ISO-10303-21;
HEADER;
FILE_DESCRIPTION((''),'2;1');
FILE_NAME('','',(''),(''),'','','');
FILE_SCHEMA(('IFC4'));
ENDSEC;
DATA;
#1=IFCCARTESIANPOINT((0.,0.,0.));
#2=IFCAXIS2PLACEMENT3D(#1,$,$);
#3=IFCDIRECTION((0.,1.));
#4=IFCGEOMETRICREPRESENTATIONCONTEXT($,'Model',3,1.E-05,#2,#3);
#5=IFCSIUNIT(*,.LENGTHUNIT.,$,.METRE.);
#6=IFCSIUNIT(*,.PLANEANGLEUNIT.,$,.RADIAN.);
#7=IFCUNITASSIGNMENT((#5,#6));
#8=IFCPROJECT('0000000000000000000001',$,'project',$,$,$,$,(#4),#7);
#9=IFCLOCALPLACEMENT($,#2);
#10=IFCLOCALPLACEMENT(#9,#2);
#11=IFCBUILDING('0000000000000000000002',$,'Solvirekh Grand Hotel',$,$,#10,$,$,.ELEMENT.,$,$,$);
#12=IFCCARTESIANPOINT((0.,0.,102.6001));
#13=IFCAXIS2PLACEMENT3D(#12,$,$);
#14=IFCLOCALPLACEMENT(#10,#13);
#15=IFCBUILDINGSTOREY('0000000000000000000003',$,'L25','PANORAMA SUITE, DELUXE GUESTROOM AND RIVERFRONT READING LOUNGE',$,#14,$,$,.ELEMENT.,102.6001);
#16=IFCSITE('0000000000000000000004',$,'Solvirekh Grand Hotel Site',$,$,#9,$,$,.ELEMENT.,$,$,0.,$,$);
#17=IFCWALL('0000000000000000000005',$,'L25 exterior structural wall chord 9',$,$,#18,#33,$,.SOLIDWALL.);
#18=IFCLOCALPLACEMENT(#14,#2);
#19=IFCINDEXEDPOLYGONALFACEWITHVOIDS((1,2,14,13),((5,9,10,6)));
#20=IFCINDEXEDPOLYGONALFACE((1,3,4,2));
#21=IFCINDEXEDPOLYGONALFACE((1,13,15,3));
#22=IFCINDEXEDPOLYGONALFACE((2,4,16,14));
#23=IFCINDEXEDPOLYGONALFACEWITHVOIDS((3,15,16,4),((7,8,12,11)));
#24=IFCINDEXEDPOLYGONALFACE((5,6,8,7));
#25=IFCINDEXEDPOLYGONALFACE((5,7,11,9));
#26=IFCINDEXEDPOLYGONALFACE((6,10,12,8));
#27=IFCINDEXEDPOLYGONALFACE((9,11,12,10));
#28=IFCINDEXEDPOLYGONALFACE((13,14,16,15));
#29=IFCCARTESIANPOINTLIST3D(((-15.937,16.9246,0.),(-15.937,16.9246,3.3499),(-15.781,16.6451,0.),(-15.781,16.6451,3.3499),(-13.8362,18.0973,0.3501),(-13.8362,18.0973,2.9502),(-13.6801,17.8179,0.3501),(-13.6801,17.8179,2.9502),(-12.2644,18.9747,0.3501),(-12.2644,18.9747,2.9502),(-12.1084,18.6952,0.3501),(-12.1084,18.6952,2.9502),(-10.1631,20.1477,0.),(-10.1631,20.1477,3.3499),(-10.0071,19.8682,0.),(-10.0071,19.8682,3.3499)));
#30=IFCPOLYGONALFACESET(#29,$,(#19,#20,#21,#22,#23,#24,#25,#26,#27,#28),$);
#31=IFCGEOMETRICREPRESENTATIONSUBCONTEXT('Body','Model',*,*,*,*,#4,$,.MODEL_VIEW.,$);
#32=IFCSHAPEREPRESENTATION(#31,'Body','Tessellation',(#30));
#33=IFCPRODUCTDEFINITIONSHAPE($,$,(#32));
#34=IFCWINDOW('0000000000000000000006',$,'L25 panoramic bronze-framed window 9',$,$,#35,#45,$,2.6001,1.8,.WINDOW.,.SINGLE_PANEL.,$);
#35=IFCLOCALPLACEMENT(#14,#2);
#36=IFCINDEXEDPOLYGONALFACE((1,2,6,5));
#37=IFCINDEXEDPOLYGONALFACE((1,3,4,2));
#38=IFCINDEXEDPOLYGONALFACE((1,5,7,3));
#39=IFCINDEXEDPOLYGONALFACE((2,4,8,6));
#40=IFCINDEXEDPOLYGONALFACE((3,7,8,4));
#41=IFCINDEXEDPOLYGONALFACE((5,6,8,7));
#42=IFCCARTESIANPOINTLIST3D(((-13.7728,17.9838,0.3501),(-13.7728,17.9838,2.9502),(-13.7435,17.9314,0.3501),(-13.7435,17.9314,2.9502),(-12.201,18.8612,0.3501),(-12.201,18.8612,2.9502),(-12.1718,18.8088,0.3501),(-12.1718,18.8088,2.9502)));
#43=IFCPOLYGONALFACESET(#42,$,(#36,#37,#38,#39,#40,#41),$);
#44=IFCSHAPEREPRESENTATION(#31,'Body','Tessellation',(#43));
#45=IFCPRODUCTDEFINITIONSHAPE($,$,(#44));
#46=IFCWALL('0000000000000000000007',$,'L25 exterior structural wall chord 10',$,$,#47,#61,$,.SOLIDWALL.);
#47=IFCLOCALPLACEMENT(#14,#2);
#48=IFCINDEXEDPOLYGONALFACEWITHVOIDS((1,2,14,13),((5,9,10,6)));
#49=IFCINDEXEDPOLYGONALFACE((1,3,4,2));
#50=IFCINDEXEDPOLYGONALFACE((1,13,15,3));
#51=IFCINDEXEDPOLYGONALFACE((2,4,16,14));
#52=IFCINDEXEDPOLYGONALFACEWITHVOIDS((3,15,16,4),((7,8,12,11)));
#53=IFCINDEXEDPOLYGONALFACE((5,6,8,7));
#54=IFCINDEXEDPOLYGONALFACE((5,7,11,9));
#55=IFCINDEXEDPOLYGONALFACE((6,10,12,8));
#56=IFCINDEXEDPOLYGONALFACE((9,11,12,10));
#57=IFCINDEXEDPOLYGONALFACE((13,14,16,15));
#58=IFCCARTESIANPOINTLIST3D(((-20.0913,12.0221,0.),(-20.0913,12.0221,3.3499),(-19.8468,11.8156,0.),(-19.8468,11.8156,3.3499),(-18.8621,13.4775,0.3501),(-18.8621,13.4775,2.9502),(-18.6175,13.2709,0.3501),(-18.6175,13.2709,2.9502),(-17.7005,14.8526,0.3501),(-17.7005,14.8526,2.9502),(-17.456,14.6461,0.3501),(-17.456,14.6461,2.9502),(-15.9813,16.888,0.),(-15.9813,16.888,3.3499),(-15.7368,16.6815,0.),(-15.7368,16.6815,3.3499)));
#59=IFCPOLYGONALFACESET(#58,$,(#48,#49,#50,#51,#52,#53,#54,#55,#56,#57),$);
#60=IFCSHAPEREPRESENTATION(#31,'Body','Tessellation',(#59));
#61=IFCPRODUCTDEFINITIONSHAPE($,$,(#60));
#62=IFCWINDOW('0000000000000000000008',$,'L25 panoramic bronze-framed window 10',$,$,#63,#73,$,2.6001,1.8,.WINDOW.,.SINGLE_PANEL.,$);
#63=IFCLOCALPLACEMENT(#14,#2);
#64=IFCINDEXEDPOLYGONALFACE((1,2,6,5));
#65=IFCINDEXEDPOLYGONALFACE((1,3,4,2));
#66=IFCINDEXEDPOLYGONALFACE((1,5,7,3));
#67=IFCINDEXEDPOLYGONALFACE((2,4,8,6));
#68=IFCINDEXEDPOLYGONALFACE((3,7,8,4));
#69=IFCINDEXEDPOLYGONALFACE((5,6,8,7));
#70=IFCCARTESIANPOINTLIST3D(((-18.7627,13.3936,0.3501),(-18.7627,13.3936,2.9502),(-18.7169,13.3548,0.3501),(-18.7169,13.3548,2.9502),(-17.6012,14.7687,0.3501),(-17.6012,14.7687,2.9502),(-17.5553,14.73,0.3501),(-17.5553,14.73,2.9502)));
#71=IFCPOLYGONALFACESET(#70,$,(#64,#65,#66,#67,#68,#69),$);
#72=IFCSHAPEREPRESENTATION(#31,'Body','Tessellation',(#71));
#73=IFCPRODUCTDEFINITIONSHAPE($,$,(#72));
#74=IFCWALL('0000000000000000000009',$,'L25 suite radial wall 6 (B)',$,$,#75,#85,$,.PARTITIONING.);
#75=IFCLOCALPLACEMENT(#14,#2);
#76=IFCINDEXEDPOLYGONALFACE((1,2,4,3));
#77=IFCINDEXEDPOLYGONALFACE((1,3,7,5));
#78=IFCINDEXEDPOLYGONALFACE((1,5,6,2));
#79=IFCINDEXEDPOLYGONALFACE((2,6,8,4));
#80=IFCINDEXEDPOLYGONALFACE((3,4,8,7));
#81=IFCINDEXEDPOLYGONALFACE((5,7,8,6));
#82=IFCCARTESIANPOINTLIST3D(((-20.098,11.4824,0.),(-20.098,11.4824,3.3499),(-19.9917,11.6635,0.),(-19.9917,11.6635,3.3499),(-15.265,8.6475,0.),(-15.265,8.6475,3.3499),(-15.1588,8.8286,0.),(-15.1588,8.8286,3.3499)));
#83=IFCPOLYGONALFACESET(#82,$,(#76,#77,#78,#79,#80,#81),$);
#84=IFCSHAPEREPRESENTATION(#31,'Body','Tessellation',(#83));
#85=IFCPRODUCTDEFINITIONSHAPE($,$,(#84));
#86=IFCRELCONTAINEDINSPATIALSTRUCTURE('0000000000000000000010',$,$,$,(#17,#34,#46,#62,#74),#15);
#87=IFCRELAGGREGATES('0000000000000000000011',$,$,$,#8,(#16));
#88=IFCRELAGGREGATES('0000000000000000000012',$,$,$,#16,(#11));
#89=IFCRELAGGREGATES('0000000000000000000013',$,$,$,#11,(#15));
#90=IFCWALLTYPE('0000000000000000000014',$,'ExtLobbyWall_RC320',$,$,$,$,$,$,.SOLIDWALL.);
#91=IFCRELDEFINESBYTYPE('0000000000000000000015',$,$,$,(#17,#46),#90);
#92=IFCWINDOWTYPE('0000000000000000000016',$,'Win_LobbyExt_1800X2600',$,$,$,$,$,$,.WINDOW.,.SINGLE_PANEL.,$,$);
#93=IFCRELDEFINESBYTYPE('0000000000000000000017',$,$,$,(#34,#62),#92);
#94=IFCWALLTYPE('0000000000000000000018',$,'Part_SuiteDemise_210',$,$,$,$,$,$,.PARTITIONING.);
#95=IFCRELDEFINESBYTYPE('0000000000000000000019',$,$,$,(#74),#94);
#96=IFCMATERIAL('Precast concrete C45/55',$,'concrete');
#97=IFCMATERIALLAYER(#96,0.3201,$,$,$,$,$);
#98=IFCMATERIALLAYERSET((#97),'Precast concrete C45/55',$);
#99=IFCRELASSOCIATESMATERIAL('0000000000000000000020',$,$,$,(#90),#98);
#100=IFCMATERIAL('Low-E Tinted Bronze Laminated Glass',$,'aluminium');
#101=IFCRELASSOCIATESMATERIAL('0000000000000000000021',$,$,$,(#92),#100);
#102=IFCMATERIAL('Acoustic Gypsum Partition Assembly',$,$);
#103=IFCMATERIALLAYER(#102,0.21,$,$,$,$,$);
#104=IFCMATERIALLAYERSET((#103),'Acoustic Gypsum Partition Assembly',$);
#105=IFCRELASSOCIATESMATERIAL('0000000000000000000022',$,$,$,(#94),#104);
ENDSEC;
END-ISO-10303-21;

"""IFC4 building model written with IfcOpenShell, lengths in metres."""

from ifc_helpers import new_model, si_unit, direction, frame, frame_2d, origin, place, context, subcontext, project, spatial, rectangle, extrude, material, layer, layer_set, type_object, element, fill, save


model = new_model("IFC4")

# Units and contexts
model_context = context("Model", 3, precision=1e-05, world=origin(), true_north=direction((0.0, 1.0)))
body_context = subcontext(model_context, "Body", "Model", "MODEL_VIEW")
ifc_project = project(units=[si_unit("LENGTHUNIT", "METRE"), si_unit("PLANEANGLEUNIT", "RADIAN")], contexts=[model_context])

# Site, building, storey
site_placement = place(None, origin())
site = spatial("IfcSite", under=ifc_project, at=site_placement, Name="Solvirekh Grand Hotel Site", CompositionType="ELEMENT", RefElevation=0.0)
building_placement = place(site_placement, origin())
building = spatial("IfcBuilding", under=site, at=building_placement, Name="Solvirekh Grand Hotel", CompositionType="ELEMENT")
storey_placement = place(building_placement, frame((0.0, 0.0, 102.6001)))
storey = spatial("IfcBuildingStorey", under=building, at=storey_placement, Name="L25", Description="PANORAMA SUITE, DELUXE GUESTROOM AND RIVERFRONT READING LOUNGE", CompositionType="ELEMENT", Elevation=102.6001)

# Shared definitions
ifc_material_1 = material(Name="Low-E Tinted Bronze Laminated Glass", Category="aluminium")

# Walls, openings, windows
ifc_material_2 = material(Name="Precast concrete C45/55", Category="concrete")
ifc_layer_1 = layer(ifc_material_2, 0.3201)
ifc_layer_set_1 = layer_set([ifc_layer_1], Name="Precast concrete C45/55")
wall_type_1 = type_object("IfcWallType", Name="ExtLobbyWall_RC320", PredefinedType="SOLIDWALL", material=ifc_layer_set_1)
wall_1_placement = place(storey_placement, frame((-15.8589, 16.7849, 0.0), z_axis=(0.0, 0.0, 1.0), x_axis=(0.873166, 0.487422, 0.0)))
wall_1 = element("IfcWall", 1, at=wall_1_placement, inside=storey, type_object=wall_type_1, Name="L25 exterior structural wall chord 9", PredefinedType="SOLIDWALL", context=body_context, shape_type="SweptSolid", body=[
    extrude(rectangle(XDim=6.6125, YDim=0.3201, at=frame_2d((3.3062, 0.0))), origin(), (0.0, 0.0, 1.0), 3.3499),
])
opening_1_placement = place(wall_1_placement, frame((2.406, 0.0, 0.3501)))
opening_1 = element("IfcOpeningElement", 2, at=opening_1_placement, cuts=wall_1, PredefinedType="OPENING", context=body_context, shape_type="SweptSolid", body=[
    extrude(rectangle(XDim=1.8, YDim=2.6001, at=frame_2d((0.8999, 1.3))), frame((0.0, 0.1699, 0.0), z_axis=(0.0, -1.0, 0.0), x_axis=(1.0, 0.0, 0.0)), (0.0, 0.0, 1.0), 0.3401),
])
window_type = type_object("IfcWindowType", Name="Win_LobbyExt_1800X2600", PartitioningType="SINGLE_PANEL", PredefinedType="WINDOW", material=ifc_material_1)
window_1_placement = place(opening_1_placement, origin())
window_1 = element("IfcWindow", 3, at=window_1_placement, inside=storey, type_object=window_type, Name="L25 panoramic bronze-framed window 9", OverallHeight=2.6001, OverallWidth=1.8, PartitioningType="SINGLE_PANEL", PredefinedType="WINDOW", context=body_context, shape_type="SweptSolid", body=[
    extrude(rectangle(XDim=1.8, YDim=2.6001, at=frame_2d((0.8999, 1.3))), frame((0.0, 0.03, 0.0), z_axis=(0.0, -1.0, 0.0), x_axis=(1.0, 0.0, 0.0)), (0.0, 0.0, 1.0), 0.0601),
])
fill(opening_1, window_1)
wall_2_placement = place(storey_placement, frame((-19.969, 11.9189, 0.0), z_axis=(0.0, 0.0, 1.0), x_axis=(0.645279, 0.763947, 0.0)))
wall_2 = element("IfcWall", 4, at=wall_2_placement, inside=storey, type_object=wall_type_1, Name="L25 exterior structural wall chord 10", PredefinedType="SOLIDWALL", context=body_context, shape_type="SweptSolid", body=[
    extrude(rectangle(XDim=6.3694, YDim=0.3201, at=frame_2d((3.1846, 0.0))), origin(), (0.0, 0.0, 1.0), 3.3499),
])
opening_2_placement = place(wall_2_placement, frame((1.905, 0.0, 0.3501)))
opening_2 = element("IfcOpeningElement", 5, at=opening_2_placement, cuts=wall_2, PredefinedType="OPENING", context=body_context, shape_type="SweptSolid", body=[
    extrude(rectangle(XDim=1.8, YDim=2.6001, at=frame_2d((0.8999, 1.3))), frame((0.0, 0.1699, 0.0), z_axis=(0.0, -1.0, 0.0), x_axis=(1.0, 0.0, 0.0)), (0.0, 0.0, 1.0), 0.3401),
])
window_2_placement = place(opening_2_placement, origin())
window_2 = element("IfcWindow", 6, at=window_2_placement, inside=storey, type_object=window_type, Name="L25 panoramic bronze-framed window 10", OverallHeight=2.6001, OverallWidth=1.8, PartitioningType="SINGLE_PANEL", PredefinedType="WINDOW", context=body_context, shape_type="SweptSolid", body=[
    extrude(rectangle(XDim=1.8, YDim=2.6001, at=frame_2d((0.8999, 1.3))), frame((0.0, 0.03, 0.0), z_axis=(0.0, -1.0, 0.0), x_axis=(1.0, 0.0, 0.0)), (0.0, 0.0, 1.0), 0.0601),
])
fill(opening_2, window_2)

# Wall
ifc_material_3 = material(Name="Acoustic Gypsum Partition Assembly")
ifc_layer_2 = layer(ifc_material_3, 0.21)
ifc_layer_set_2 = layer_set([ifc_layer_2], Name="Acoustic Gypsum Partition Assembly")
wall_type_2 = type_object("IfcWallType", Name="Part_SuiteDemise_210", PredefinedType="PARTITIONING", material=ifc_layer_set_2)
wall_3_placement = place(storey_placement, frame((-15.2119, 8.738, 0.0), z_axis=(0.0, 0.0, 1.0), x_axis=(-0.862556, 0.505961, 0.0)))
element("IfcWall", 7, at=wall_3_placement, inside=storey, type_object=wall_type_2, Name="L25 suite radial wall 6 (B)", PredefinedType="PARTITIONING", context=body_context, shape_type="SweptSolid", body=[
    extrude(rectangle(XDim=5.603, YDim=0.21, at=frame_2d((2.8015, 0.0))), origin(), (0.0, 0.0, 1.0), 3.3499),
])

save(model, "model.ifc")
